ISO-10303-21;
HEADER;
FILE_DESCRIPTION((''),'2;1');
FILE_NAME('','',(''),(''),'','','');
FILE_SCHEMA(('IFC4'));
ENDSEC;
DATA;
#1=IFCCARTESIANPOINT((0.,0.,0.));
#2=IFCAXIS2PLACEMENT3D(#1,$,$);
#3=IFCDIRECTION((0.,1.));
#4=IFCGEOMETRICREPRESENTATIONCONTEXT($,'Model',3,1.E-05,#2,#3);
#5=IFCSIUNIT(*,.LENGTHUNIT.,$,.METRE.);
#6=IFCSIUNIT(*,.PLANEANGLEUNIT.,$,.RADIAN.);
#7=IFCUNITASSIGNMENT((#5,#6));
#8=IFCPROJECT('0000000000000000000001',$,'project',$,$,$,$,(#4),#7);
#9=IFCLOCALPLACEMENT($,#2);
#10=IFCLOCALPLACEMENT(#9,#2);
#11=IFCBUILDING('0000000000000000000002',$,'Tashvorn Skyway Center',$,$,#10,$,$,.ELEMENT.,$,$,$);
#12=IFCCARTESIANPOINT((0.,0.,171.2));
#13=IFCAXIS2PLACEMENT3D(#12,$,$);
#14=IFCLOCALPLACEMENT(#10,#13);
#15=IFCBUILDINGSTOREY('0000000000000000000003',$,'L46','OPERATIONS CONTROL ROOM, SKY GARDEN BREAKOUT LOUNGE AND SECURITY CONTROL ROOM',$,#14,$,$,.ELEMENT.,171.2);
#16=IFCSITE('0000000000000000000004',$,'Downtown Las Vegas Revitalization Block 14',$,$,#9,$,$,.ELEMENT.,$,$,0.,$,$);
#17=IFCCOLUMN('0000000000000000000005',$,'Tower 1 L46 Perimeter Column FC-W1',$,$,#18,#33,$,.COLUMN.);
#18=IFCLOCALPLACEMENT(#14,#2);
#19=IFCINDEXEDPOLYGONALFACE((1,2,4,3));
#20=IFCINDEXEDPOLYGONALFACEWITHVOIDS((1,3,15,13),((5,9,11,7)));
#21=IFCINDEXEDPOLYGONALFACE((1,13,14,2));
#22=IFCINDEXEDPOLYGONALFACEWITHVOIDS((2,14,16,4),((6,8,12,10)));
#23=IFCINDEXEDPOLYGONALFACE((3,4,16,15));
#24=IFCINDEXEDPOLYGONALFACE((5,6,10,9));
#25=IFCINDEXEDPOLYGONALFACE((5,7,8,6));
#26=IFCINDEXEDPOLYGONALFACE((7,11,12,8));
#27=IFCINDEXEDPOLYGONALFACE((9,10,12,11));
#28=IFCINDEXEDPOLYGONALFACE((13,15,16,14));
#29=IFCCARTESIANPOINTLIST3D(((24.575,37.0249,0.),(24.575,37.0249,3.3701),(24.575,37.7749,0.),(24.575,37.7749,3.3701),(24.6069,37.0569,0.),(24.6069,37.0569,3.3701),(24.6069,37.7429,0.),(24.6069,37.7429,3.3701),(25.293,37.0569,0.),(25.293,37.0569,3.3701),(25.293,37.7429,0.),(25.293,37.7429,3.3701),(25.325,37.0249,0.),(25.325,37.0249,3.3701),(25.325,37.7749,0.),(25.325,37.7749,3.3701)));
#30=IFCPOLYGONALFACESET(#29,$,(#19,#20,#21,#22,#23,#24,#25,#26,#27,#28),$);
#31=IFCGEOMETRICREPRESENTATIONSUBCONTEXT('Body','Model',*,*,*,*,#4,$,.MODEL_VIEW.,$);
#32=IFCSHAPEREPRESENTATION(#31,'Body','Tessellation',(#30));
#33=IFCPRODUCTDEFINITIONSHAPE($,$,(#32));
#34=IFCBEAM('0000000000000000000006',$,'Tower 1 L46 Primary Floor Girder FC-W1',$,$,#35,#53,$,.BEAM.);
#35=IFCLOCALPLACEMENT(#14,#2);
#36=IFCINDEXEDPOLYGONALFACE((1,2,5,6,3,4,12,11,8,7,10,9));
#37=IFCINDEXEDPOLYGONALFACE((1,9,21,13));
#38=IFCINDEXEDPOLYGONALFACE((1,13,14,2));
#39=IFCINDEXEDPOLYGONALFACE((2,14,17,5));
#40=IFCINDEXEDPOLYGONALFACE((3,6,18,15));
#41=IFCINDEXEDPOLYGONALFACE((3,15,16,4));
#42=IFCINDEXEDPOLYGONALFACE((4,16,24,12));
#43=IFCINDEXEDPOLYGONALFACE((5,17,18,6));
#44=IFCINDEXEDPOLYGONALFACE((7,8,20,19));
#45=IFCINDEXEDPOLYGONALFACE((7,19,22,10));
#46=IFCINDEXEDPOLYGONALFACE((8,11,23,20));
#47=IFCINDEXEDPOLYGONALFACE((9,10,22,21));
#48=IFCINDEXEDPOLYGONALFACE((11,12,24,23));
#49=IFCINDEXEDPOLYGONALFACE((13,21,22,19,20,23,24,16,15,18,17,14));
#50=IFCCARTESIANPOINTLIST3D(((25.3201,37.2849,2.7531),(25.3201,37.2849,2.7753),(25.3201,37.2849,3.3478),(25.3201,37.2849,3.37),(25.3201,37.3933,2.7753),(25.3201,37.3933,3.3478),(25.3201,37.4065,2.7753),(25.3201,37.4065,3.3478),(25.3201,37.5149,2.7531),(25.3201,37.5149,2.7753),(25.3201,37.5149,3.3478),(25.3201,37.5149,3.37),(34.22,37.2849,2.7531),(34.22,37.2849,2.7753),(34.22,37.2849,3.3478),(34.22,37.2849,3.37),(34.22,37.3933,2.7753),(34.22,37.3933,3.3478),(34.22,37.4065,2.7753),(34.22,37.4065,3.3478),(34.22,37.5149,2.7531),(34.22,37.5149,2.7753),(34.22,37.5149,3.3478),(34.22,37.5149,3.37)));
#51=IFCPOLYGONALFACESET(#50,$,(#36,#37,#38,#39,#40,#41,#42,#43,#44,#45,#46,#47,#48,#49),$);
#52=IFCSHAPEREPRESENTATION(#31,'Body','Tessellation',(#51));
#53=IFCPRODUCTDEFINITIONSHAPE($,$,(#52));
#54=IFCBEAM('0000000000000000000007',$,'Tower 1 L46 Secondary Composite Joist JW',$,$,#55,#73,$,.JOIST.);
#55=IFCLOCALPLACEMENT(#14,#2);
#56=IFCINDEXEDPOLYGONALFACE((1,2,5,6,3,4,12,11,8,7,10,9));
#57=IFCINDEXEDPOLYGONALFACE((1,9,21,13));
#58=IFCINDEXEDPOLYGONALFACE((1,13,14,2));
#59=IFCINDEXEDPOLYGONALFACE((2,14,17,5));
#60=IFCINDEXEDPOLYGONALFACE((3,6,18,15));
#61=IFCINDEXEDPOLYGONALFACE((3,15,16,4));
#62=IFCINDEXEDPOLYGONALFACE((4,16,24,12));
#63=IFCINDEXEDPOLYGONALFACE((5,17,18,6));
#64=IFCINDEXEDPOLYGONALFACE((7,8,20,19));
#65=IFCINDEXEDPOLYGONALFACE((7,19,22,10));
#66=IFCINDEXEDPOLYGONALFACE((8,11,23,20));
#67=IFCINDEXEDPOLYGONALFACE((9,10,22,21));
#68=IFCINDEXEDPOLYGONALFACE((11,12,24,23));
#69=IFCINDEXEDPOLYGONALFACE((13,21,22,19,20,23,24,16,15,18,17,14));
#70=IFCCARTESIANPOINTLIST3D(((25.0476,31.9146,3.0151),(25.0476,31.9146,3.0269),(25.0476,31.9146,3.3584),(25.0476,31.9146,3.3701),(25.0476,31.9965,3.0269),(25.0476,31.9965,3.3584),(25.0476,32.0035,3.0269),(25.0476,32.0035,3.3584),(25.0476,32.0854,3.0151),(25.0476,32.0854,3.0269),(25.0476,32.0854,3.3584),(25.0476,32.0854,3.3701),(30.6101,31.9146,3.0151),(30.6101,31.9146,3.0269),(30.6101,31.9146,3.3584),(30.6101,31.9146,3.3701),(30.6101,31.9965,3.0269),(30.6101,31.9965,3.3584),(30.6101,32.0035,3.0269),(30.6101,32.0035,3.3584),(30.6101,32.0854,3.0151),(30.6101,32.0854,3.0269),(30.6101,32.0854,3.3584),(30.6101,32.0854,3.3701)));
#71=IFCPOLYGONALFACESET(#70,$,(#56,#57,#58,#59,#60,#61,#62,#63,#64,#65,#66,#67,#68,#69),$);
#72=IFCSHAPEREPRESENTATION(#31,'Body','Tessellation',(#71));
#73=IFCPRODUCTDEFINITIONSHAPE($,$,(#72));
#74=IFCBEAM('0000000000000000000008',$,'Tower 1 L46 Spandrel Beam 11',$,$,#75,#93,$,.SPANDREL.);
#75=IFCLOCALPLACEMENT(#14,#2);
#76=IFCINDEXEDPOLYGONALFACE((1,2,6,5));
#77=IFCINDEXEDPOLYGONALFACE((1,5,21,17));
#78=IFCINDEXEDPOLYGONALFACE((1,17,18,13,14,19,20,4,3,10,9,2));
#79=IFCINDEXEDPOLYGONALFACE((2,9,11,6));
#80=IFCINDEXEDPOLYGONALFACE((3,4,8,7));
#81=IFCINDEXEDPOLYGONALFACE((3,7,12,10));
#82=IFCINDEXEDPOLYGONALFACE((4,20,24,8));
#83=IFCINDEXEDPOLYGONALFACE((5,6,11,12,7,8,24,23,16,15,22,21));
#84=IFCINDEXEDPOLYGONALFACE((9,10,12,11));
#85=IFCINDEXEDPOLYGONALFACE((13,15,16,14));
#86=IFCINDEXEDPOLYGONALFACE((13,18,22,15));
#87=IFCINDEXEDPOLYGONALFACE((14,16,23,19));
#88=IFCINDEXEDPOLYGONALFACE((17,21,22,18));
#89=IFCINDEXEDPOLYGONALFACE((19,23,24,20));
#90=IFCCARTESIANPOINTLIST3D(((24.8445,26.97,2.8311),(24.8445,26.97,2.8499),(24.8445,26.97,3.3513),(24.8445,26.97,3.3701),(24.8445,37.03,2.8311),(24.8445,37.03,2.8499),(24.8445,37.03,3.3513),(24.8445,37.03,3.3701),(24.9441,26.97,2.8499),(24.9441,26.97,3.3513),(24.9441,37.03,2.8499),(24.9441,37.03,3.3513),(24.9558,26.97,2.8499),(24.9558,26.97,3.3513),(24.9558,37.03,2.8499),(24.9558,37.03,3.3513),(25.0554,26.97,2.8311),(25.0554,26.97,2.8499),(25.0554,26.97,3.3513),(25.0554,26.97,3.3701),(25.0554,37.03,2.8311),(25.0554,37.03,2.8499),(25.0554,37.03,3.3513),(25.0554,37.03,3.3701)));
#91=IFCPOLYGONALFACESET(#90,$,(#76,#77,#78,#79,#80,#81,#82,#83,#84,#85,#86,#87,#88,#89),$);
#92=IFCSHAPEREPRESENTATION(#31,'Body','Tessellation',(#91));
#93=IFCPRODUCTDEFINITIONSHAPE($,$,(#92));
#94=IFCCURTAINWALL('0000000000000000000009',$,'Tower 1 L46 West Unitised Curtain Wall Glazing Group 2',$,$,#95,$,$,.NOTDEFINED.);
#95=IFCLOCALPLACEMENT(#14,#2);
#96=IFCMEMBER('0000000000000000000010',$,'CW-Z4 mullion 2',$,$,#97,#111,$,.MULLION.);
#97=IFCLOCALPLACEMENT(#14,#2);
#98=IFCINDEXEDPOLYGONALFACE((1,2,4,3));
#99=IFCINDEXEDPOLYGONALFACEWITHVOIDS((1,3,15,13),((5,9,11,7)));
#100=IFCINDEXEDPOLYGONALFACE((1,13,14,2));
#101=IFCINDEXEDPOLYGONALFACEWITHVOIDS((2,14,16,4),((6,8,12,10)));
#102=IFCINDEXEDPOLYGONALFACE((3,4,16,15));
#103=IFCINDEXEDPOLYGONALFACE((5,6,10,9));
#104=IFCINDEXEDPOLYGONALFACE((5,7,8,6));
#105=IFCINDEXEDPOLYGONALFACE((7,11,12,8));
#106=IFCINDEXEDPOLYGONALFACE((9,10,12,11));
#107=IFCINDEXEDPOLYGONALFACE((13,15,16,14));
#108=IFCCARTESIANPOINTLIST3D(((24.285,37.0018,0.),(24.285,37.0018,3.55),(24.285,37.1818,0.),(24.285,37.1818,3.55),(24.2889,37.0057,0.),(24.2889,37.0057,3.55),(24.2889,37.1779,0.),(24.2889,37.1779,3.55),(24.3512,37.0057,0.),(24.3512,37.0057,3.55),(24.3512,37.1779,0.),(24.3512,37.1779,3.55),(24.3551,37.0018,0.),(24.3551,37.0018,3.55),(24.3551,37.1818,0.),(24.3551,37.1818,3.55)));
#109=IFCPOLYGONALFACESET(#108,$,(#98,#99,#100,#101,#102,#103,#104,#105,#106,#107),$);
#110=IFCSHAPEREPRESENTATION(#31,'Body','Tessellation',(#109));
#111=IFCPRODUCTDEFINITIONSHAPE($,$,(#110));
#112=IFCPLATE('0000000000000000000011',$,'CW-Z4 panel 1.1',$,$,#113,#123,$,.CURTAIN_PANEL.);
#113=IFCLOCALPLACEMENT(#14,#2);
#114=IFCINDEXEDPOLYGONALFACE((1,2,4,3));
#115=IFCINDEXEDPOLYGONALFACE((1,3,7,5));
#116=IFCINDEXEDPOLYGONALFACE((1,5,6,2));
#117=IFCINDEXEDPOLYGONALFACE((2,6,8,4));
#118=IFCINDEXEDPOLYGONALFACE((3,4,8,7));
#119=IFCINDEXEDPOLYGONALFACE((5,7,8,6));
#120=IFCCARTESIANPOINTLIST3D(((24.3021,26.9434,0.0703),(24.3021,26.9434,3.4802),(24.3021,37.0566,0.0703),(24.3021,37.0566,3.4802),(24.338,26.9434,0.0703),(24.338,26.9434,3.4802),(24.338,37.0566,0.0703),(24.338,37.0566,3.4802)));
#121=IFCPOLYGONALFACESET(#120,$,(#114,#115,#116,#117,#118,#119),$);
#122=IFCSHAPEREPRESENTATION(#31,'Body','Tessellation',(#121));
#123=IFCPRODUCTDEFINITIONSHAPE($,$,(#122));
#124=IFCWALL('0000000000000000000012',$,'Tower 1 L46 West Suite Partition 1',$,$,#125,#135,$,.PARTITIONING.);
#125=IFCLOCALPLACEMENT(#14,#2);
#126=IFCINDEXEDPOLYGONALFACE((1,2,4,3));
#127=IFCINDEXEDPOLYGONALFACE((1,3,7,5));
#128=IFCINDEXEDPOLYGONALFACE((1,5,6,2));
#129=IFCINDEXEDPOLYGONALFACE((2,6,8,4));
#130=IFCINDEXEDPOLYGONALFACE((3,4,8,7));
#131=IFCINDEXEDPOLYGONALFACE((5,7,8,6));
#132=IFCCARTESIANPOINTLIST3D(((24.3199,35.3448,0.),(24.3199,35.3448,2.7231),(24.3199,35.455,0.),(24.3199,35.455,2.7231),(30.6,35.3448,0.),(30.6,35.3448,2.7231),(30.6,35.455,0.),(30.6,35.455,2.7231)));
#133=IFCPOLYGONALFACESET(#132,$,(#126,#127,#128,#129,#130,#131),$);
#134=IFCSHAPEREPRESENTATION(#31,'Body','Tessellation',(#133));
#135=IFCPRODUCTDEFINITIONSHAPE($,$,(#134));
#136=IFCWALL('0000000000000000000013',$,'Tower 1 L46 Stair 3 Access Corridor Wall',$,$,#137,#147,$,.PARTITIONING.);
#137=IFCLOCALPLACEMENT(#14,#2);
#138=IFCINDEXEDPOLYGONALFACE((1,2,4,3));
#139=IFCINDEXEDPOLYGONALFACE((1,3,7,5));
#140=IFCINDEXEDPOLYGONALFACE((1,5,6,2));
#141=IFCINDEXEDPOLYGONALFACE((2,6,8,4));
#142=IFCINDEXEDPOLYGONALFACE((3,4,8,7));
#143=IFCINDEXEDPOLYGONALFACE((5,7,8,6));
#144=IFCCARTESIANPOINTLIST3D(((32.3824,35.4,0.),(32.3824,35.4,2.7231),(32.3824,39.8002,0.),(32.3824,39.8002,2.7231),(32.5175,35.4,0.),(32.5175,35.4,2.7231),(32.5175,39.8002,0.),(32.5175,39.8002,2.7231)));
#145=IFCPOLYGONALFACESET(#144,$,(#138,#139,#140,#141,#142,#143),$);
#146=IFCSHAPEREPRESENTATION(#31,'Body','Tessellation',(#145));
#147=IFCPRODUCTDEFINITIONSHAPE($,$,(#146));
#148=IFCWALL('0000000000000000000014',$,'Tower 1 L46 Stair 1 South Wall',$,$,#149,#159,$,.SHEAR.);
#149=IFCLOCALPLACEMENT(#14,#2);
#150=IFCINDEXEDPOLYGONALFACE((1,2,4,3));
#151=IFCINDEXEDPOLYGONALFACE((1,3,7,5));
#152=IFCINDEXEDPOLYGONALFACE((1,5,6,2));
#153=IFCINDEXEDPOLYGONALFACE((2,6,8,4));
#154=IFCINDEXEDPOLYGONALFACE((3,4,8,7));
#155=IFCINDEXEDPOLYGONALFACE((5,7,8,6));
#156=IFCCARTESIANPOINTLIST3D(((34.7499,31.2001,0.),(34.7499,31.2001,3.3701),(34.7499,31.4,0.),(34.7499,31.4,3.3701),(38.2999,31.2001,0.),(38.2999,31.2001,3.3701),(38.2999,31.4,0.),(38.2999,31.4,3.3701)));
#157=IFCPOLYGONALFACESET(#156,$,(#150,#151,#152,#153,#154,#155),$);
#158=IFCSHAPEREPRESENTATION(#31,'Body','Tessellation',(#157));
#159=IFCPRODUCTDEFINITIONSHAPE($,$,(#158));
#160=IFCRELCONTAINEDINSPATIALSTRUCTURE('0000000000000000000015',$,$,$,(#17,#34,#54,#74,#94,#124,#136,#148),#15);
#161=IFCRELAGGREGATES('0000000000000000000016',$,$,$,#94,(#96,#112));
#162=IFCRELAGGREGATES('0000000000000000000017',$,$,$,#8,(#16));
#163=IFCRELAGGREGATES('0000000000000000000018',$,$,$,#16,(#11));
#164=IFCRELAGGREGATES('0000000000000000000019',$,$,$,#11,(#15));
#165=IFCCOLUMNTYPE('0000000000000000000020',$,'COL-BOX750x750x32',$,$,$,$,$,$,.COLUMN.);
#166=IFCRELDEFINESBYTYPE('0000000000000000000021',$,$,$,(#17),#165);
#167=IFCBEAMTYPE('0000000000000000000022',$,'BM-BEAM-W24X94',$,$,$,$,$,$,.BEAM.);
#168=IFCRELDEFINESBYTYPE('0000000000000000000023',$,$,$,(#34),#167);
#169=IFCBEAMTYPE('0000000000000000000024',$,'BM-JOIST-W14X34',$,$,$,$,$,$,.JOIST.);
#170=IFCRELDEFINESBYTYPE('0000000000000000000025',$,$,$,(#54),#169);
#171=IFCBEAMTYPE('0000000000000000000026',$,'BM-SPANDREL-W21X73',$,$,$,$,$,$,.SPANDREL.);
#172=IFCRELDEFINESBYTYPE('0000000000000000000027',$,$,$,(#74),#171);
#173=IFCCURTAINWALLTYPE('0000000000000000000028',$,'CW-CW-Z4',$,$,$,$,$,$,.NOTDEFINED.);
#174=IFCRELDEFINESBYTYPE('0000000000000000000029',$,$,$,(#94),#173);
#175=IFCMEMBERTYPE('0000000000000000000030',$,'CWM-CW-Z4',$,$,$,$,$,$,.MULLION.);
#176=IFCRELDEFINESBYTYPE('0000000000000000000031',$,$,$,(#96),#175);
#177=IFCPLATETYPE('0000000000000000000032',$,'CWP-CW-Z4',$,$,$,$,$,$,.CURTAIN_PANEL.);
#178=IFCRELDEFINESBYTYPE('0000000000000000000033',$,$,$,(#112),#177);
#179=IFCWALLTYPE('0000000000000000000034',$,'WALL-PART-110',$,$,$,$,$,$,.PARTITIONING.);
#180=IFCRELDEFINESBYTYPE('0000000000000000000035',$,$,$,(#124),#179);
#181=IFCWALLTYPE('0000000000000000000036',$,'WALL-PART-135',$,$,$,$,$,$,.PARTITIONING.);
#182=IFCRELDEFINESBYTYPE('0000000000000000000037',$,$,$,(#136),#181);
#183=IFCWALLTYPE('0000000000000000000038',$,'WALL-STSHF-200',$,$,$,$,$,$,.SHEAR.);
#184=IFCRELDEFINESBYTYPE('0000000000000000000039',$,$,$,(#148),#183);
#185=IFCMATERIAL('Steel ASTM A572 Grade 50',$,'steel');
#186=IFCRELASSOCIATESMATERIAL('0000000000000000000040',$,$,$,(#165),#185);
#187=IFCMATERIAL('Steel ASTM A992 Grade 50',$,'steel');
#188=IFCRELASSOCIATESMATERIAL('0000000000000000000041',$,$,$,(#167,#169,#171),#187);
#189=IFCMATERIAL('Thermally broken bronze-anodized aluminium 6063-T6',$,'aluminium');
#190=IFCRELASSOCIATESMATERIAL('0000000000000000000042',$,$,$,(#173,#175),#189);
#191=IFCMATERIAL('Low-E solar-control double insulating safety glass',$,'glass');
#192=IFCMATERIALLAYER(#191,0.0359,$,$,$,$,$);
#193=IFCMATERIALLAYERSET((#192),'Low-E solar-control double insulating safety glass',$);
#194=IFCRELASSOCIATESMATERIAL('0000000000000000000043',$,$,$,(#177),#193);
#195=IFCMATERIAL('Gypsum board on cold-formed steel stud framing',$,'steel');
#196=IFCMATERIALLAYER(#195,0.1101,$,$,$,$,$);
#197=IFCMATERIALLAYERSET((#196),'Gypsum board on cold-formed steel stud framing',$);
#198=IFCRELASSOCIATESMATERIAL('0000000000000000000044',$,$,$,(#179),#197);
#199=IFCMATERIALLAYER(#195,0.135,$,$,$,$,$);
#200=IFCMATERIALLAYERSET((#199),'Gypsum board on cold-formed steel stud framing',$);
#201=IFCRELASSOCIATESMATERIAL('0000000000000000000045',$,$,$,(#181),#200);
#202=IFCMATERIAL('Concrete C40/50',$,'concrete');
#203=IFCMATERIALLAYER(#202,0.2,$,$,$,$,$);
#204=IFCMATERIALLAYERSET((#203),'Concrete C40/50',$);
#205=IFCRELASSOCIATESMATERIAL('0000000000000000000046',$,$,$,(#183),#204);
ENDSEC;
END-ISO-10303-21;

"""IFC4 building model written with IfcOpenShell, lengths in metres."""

from ifc_helpers import new_model, si_unit, direction, frame, frame_2d, origin, origin_2d, place, context, subcontext, project, spatial, rectangle, hollow_rectangle, i_section, extrude, material, layer, layer_set, material_profile, profile_set, type_object, element, aggregate, save


model = new_model("IFC4")

# Units and contexts
model_context = context("Model", 3, precision=1e-05, world=origin(), true_north=direction((0.0, 1.0)))
body_context = subcontext(model_context, "Body", "Model", "MODEL_VIEW")
ifc_project = project(units=[si_unit("LENGTHUNIT", "METRE"), si_unit("PLANEANGLEUNIT", "RADIAN")], contexts=[model_context])

# Site, building, storey
site_placement = place(None, origin())
site = spatial("IfcSite", under=ifc_project, at=site_placement, Name="Downtown Las Vegas Revitalization Block 14", CompositionType="ELEMENT", RefElevation=0.0)
building_placement = place(site_placement, origin())
building = spatial("IfcBuilding", under=site, at=building_placement, Name="Tashvorn Skyway Center", CompositionType="ELEMENT")
storey_placement = place(building_placement, frame((0.0, 0.0, 171.2)))
storey = spatial("IfcBuildingStorey", under=building, at=storey_placement, Name="L46", Description="OPERATIONS CONTROL ROOM, SKY GARDEN BREAKOUT LOUNGE AND SECURITY CONTROL ROOM", CompositionType="ELEMENT", Elevation=171.2)

# Column
ifc_material_1 = material(Name="Steel ASTM A572 Grade 50", Category="steel")
ifc_material_profile_1 = material_profile(ifc_material_1, hollow_rectangle(XDim=0.75, YDim=0.75, WallThickness=0.032, at=origin_2d()), Name="BOX750x750x32")
ifc_profile_set_1 = profile_set([ifc_material_profile_1], Name="Steel ASTM A572 Grade 50")
column_type = type_object("IfcColumnType", Name="COL-BOX750x750x32", PredefinedType="COLUMN", material=ifc_profile_set_1)
column_placement = place(storey_placement, frame((24.95, 37.3999, 0.0), z_axis=(0.0, 0.0, 1.0), x_axis=(1.0, 0.0, 0.0)))
element("IfcColumn", 1, at=column_placement, inside=storey, type_object=column_type, Name="Tower 1 L46 Perimeter Column FC-W1", PredefinedType="COLUMN", context=body_context, shape_type="SweptSolid", body=[
    extrude(hollow_rectangle(XDim=0.75, YDim=0.75, WallThickness=0.032, at=origin_2d()), origin(), (0.0, 0.0, 1.0), 3.3701),
])

# Beams
ifc_material_2 = material(Name="Steel ASTM A992 Grade 50", Category="steel")
ifc_material_profile_2 = material_profile(ifc_material_2, i_section(OverallWidth=0.23, OverallDepth=0.6169, WebThickness=0.0132, FlangeThickness=0.0222, at=origin_2d()), Name="W24X94")
ifc_profile_set_2 = profile_set([ifc_material_profile_2], Name="Steel ASTM A992 Grade 50")
beam_type_1 = type_object("IfcBeamType", Name="BM-BEAM-W24X94", PredefinedType="BEAM", material=ifc_profile_set_2)
beam_1_placement = place(storey_placement, frame((25.3201, 37.3999, 3.0615), z_axis=(1.0, 0.0, 0.0), x_axis=(0.0, 1.0, 0.0)))
element("IfcBeam", 2, at=beam_1_placement, inside=storey, type_object=beam_type_1, Name="Tower 1 L46 Primary Floor Girder FC-W1", PredefinedType="BEAM", context=body_context, shape_type="SweptSolid", body=[
    extrude(i_section(OverallWidth=0.23, OverallDepth=0.6169, WebThickness=0.0132, FlangeThickness=0.0222, at=origin_2d()), origin(), (0.0, 0.0, 1.0), 8.8999),
])
ifc_material_profile_3 = material_profile(ifc_material_2, i_section(OverallWidth=0.1709, OverallDepth=0.355, WebThickness=0.0071, FlangeThickness=0.0117, at=origin_2d()), Name="W14X34")
ifc_profile_set_3 = profile_set([ifc_material_profile_3], Name="Steel ASTM A992 Grade 50")
beam_type_2 = type_object("IfcBeamType", Name="BM-JOIST-W14X34", PredefinedType="JOIST", material=ifc_profile_set_3)
beam_2_placement = place(storey_placement, frame((30.6101, 32.0, 3.1926), z_axis=(-1.0, 0.0, 0.0), x_axis=(0.0, -1.0, 0.0)))
element("IfcBeam", 3, at=beam_2_placement, inside=storey, type_object=beam_type_2, Name="Tower 1 L46 Secondary Composite Joist JW", PredefinedType="JOIST", context=body_context, shape_type="SweptSolid", body=[
    extrude(i_section(OverallWidth=0.1709, OverallDepth=0.355, WebThickness=0.0071, FlangeThickness=0.0117, at=origin_2d()), origin(), (0.0, 0.0, 1.0), 5.5625),
])
ifc_material_profile_4 = material_profile(ifc_material_2, i_section(OverallWidth=0.2109, OverallDepth=0.5391, WebThickness=0.0117, FlangeThickness=0.0188, at=origin_2d()), Name="W21X73")
ifc_profile_set_4 = profile_set([ifc_material_profile_4], Name="Steel ASTM A992 Grade 50")
beam_type_3 = type_object("IfcBeamType", Name="BM-SPANDREL-W21X73", PredefinedType="SPANDREL", material=ifc_profile_set_4)
beam_3_placement = place(storey_placement, frame((24.95, 37.03, 3.1006), z_axis=(0.0, -1.0, 0.0), x_axis=(1.0, 0.0, 0.0)))
element("IfcBeam", 4, at=beam_3_placement, inside=storey, type_object=beam_type_3, Name="Tower 1 L46 Spandrel Beam 11", PredefinedType="SPANDREL", context=body_context, shape_type="SweptSolid", body=[
    extrude(i_section(OverallWidth=0.2109, OverallDepth=0.5391, WebThickness=0.0117, FlangeThickness=0.0188, at=origin_2d()), origin(), (0.0, 0.0, 1.0), 10.0601),
])

# Curtain wall, member, plate
ifc_material_3 = material(Name="Thermally broken bronze-anodized aluminium 6063-T6", Category="aluminium")
curtain_wall_type = type_object("IfcCurtainWallType", Name="CW-CW-Z4", PredefinedType="NOTDEFINED", material=ifc_material_3)
curtain_wall_placement = place(storey_placement, origin())
curtain_wall = element("IfcCurtainWall", 5, at=curtain_wall_placement, inside=storey, type_object=curtain_wall_type, Name="Tower 1 L46 West Unitised Curtain Wall Glazing Group 2", PredefinedType="NOTDEFINED")
ifc_material_profile_5 = material_profile(ifc_material_3, hollow_rectangle(XDim=0.0701, YDim=0.1799, WallThickness=0.0039, at=origin_2d()), Name="ALU-MULL-70x180")
ifc_profile_set_5 = profile_set([ifc_material_profile_5], Name="Thermally broken bronze-anodized aluminium 6063-T6")
member_type = type_object("IfcMemberType", Name="CWM-CW-Z4", PredefinedType="MULLION", material=ifc_profile_set_5)
member_placement = place(storey_placement, frame((24.3201, 37.0918, 0.0), z_axis=(0.0, 0.0, 1.0), x_axis=(-1.0, 0.0, 0.0)))
member = element("IfcMember", 6, at=member_placement, type_object=member_type, Name="CW-Z4 mullion 2", PredefinedType="MULLION", context=body_context, shape_type="SweptSolid", body=[
    extrude(hollow_rectangle(XDim=0.0701, YDim=0.1799, WallThickness=0.0039, at=origin_2d()), origin(), (0.0, 0.0, 1.0), 3.55),
])
ifc_material_4 = material(Name="Low-E solar-control double insulating safety glass", Category="glass")
ifc_layer_1 = layer(ifc_material_4, 0.0359)
ifc_layer_set_1 = layer_set([ifc_layer_1], Name="Low-E solar-control double insulating safety glass")
plate_type = type_object("IfcPlateType", Name="CWP-CW-Z4", PredefinedType="CURTAIN_PANEL", material=ifc_layer_set_1)
plate_placement = place(storey_placement, frame((24.3201, 32.0, 0.0703), z_axis=(0.0, 0.0, 1.0), x_axis=(0.0, 1.0, 0.0)))
plate = element("IfcPlate", 7, at=plate_placement, type_object=plate_type, Name="CW-Z4 panel 1.1", PredefinedType="CURTAIN_PANEL", context=body_context, shape_type="SweptSolid", body=[
    extrude(rectangle(XDim=10.1133, YDim=0.0359, at=origin_2d()), origin(), (0.0, 0.0, 1.0), 3.4099),
])
aggregate(curtain_wall, [member, plate])

# Walls
ifc_material_5 = material(Name="Gypsum board on cold-formed steel stud framing", Category="steel")
ifc_layer_2 = layer(ifc_material_5, 0.1101)
ifc_layer_set_2 = layer_set([ifc_layer_2], Name="Gypsum board on cold-formed steel stud framing")
wall_type_1 = type_object("IfcWallType", Name="WALL-PART-110", PredefinedType="PARTITIONING", material=ifc_layer_set_2)
wall_1_placement = place(storey_placement, frame((30.6001, 35.3999, 0.0), z_axis=(0.0, 0.0, 1.0), x_axis=(-1.0, 0.0, 0.0)))
element("IfcWall", 8, at=wall_1_placement, inside=storey, type_object=wall_type_1, Name="Tower 1 L46 West Suite Partition 1", PredefinedType="PARTITIONING", context=body_context, shape_type="SweptSolid", body=[
    extrude(rectangle(XDim=6.28, YDim=0.1101, at=frame_2d((3.1401, 0.0))), origin(), (0.0, 0.0, 1.0), 2.7231),
])
ifc_layer_3 = layer(ifc_material_5, 0.135)
ifc_layer_set_3 = layer_set([ifc_layer_3], Name="Gypsum board on cold-formed steel stud framing")
wall_type_2 = type_object("IfcWallType", Name="WALL-PART-135", PredefinedType="PARTITIONING", material=ifc_layer_set_3)
wall_2_placement = place(storey_placement, frame((32.45, 35.3999, 0.0), z_axis=(0.0, 0.0, 1.0), x_axis=(0.0, 1.0, 0.0)))
element("IfcWall", 9, at=wall_2_placement, inside=storey, type_object=wall_type_2, Name="Tower 1 L46 Stair 3 Access Corridor Wall", PredefinedType="PARTITIONING", context=body_context, shape_type="SweptSolid", body=[
    extrude(rectangle(XDim=4.4001, YDim=0.135, at=frame_2d((2.2002, 0.0))), origin(), (0.0, 0.0, 1.0), 2.7231),
])
ifc_material_6 = material(Name="Concrete C40/50", Category="concrete")
ifc_layer_4 = layer(ifc_material_6, 0.2)
ifc_layer_set_4 = layer_set([ifc_layer_4], Name="Concrete C40/50")
wall_type_3 = type_object("IfcWallType", Name="WALL-STSHF-200", PredefinedType="SHEAR", material=ifc_layer_set_4)
wall_3_placement = place(storey_placement, frame((34.75, 31.3, 0.0), z_axis=(0.0, 0.0, 1.0), x_axis=(1.0, 0.0, 0.0)))
element("IfcWall", 10, at=wall_3_placement, inside=storey, type_object=wall_type_3, Name="Tower 1 L46 Stair 1 South Wall", PredefinedType="SHEAR", context=body_context, shape_type="SweptSolid", body=[
    extrude(rectangle(XDim=3.55, YDim=0.2, at=frame_2d((1.7749, 0.0))), origin(), (0.0, 0.0, 1.0), 3.3701),
])

save(model, "model.ifc")
